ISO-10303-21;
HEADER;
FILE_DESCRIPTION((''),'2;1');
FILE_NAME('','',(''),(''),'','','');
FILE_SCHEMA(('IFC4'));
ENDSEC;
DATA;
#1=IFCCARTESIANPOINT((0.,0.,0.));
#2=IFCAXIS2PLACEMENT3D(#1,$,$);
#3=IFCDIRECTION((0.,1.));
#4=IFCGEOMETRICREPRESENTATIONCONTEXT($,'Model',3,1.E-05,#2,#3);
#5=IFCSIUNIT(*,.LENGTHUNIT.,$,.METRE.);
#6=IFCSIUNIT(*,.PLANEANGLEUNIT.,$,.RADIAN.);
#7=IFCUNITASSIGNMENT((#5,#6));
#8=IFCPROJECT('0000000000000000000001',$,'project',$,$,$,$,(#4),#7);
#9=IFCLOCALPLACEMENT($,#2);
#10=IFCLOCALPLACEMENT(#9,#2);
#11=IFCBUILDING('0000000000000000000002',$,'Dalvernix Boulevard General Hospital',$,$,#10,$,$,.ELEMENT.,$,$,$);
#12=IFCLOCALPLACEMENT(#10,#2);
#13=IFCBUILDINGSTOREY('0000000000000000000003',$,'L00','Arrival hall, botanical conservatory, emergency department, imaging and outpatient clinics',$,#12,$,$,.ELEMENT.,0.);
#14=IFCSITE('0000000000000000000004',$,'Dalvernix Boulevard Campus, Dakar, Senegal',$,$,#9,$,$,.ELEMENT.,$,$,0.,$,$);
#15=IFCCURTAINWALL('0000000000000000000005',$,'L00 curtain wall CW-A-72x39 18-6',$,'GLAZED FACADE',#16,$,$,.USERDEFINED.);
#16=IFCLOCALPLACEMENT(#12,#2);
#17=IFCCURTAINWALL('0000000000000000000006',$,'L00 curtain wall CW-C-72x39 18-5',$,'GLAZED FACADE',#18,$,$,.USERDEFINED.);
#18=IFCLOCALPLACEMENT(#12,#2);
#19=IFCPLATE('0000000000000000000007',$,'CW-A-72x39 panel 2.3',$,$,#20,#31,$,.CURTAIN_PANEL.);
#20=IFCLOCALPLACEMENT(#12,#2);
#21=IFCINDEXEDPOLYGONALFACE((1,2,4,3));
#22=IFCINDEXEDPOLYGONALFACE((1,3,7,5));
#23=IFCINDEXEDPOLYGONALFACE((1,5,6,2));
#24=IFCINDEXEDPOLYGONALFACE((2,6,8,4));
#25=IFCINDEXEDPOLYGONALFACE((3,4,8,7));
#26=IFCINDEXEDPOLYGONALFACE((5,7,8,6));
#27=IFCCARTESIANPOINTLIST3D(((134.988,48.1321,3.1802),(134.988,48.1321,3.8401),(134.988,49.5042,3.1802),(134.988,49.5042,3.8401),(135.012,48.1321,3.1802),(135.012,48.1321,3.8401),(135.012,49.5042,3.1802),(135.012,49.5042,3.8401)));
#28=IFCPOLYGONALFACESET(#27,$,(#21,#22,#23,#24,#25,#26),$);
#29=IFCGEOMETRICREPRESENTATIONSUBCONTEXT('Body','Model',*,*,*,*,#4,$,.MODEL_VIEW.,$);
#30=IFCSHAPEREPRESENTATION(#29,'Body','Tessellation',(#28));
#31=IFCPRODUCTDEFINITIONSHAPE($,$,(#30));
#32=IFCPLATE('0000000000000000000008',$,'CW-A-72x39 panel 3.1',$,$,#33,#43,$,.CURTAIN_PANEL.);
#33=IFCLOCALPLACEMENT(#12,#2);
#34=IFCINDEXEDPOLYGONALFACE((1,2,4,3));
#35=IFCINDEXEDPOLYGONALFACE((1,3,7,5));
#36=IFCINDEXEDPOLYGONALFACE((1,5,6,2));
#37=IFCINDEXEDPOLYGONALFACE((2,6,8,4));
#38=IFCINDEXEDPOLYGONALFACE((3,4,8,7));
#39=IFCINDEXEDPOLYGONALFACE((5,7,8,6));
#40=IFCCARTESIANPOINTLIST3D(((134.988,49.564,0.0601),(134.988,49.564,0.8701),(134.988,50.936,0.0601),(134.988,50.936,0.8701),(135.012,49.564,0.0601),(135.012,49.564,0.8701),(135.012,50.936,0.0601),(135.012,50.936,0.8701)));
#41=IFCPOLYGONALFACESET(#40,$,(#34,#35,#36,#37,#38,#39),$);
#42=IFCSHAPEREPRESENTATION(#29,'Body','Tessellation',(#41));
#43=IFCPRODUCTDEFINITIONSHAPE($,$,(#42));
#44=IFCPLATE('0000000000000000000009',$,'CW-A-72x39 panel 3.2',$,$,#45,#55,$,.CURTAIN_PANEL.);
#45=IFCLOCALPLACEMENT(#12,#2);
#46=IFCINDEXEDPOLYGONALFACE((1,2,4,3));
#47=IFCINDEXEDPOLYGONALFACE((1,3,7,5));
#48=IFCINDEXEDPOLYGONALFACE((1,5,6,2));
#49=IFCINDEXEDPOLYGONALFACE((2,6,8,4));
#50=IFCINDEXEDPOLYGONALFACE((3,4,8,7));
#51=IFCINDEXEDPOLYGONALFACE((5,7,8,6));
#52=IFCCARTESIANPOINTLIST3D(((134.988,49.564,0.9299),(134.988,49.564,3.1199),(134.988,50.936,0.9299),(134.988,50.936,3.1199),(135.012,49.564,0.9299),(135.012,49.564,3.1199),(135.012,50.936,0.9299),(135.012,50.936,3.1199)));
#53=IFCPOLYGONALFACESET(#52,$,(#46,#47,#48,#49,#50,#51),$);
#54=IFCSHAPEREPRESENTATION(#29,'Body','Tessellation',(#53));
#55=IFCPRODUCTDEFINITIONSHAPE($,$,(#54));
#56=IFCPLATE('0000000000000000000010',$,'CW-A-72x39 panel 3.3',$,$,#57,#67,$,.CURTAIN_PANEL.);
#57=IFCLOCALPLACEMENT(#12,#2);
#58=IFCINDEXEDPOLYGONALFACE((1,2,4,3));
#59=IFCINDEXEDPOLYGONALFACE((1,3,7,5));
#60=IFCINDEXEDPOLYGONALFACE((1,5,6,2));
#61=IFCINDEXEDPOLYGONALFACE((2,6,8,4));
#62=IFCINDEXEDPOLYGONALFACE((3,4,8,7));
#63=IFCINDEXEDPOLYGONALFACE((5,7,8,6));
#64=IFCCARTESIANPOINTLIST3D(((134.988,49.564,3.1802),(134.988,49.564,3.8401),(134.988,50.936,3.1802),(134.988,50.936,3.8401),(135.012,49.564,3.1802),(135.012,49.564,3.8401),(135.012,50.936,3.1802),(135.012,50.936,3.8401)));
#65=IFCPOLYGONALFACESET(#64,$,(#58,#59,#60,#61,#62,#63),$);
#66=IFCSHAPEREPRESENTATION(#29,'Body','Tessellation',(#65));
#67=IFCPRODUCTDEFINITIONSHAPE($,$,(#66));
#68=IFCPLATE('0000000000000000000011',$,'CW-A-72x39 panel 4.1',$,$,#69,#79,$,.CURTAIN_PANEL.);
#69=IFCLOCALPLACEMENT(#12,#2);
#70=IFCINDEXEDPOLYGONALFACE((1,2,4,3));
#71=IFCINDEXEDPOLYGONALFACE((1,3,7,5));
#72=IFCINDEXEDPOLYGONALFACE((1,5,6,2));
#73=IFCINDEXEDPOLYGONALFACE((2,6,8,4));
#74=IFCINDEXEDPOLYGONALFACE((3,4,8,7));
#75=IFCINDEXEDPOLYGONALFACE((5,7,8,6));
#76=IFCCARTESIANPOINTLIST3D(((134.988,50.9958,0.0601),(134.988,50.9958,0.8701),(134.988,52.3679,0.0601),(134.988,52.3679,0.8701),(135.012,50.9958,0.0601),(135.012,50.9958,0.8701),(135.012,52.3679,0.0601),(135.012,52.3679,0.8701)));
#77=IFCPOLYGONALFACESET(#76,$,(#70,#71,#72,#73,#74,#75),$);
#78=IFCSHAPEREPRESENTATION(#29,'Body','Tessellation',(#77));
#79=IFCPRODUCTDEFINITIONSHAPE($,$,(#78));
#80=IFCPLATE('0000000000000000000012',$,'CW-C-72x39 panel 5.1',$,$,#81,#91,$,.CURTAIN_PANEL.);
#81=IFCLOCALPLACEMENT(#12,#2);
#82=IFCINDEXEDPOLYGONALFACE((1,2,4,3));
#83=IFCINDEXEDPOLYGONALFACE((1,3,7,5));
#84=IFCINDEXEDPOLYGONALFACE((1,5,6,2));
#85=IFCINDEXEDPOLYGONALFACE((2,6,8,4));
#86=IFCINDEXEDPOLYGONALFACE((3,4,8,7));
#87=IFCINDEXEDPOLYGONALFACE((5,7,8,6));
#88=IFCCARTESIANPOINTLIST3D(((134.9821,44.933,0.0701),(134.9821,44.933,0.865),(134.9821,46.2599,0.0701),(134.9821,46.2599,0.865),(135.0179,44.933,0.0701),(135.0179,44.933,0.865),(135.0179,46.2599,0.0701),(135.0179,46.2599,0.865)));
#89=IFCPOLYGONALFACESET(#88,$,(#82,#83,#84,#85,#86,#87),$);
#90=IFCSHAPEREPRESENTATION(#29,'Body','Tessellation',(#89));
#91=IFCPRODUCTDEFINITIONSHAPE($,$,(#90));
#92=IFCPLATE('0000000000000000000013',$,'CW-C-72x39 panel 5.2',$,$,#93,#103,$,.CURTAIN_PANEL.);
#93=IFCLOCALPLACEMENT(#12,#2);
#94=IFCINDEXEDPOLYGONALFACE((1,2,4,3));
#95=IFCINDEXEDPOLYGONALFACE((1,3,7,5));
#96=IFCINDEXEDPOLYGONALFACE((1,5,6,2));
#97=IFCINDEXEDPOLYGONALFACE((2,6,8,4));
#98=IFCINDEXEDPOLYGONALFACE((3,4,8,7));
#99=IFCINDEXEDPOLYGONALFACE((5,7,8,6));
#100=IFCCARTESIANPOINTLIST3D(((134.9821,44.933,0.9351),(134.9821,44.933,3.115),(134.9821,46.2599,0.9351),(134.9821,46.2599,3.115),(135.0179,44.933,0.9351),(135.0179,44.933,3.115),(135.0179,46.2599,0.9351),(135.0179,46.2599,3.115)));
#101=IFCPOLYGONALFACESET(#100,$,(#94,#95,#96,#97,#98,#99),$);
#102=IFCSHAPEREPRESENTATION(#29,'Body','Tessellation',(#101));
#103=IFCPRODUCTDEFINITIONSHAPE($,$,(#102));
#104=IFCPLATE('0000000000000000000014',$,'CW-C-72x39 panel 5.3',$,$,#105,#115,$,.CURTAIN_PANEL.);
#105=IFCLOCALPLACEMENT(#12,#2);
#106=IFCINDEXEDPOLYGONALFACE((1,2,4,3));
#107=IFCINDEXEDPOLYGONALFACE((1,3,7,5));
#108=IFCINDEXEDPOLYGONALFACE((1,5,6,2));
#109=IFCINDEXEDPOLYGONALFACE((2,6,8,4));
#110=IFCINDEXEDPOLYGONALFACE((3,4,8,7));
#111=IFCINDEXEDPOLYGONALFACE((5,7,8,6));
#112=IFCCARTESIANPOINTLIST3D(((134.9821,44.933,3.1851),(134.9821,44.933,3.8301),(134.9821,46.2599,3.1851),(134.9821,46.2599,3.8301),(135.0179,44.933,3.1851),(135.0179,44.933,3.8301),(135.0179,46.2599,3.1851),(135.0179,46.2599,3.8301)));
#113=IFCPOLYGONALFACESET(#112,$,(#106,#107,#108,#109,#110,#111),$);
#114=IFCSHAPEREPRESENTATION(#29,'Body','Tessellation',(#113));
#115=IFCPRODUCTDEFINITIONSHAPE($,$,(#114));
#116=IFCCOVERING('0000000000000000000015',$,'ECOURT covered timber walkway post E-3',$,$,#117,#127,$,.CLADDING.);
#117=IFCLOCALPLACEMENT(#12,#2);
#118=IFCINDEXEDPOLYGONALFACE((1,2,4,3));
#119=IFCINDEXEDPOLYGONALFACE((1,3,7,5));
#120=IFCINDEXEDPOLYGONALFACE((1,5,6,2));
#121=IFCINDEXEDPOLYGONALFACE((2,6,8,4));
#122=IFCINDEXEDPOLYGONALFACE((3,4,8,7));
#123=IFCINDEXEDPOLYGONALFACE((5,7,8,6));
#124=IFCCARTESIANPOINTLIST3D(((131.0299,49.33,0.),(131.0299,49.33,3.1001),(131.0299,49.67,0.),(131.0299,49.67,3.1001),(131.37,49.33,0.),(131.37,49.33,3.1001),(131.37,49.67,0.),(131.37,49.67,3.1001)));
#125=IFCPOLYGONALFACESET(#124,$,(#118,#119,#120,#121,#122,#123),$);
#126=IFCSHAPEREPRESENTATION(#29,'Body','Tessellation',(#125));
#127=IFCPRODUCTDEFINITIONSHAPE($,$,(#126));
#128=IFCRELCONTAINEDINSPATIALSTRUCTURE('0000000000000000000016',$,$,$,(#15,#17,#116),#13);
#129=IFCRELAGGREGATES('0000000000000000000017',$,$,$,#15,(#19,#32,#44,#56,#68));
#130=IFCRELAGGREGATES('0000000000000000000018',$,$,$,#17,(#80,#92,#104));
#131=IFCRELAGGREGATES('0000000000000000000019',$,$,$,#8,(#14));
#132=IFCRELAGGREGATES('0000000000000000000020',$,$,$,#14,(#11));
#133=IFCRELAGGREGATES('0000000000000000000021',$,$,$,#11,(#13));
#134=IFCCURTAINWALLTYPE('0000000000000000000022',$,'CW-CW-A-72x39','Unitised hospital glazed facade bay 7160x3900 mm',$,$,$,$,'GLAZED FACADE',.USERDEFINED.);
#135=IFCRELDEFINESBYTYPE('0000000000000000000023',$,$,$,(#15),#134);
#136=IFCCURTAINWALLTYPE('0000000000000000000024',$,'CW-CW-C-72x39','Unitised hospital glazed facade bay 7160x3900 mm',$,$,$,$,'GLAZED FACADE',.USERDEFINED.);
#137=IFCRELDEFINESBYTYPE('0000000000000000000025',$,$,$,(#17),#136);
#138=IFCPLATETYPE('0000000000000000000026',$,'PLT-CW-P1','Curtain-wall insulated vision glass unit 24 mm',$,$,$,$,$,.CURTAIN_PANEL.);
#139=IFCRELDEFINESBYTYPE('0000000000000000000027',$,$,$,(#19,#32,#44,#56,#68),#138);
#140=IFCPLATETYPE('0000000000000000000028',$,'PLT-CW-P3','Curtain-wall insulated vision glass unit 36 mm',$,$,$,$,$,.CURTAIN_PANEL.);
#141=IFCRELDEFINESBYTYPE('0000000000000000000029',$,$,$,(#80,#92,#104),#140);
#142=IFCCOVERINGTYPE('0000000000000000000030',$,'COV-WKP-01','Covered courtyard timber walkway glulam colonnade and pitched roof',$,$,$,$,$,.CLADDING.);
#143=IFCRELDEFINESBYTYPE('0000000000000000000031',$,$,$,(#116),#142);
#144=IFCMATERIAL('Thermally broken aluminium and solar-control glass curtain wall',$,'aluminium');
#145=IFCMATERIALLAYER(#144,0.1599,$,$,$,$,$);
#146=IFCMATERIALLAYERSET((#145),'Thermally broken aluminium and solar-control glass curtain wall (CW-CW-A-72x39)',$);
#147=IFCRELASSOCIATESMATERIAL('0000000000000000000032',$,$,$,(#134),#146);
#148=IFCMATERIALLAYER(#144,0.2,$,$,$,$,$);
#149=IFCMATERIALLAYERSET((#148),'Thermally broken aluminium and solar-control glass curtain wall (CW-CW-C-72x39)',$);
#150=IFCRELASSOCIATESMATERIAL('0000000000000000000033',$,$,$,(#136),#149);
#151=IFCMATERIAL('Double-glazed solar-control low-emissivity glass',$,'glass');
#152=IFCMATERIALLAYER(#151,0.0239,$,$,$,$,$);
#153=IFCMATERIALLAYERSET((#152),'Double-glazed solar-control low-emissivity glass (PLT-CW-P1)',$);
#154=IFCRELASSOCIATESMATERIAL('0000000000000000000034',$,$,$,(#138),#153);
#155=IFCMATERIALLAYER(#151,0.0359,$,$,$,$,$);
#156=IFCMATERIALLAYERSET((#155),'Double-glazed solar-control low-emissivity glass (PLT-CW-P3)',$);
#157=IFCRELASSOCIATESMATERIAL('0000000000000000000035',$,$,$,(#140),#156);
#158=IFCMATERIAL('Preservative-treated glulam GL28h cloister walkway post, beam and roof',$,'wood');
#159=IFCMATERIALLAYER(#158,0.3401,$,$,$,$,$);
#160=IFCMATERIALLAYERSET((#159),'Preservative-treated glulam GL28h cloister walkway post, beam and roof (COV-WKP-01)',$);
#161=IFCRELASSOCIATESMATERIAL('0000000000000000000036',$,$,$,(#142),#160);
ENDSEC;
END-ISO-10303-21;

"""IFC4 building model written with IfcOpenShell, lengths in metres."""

from ifc_helpers import new_model, si_unit, direction, frame, origin, origin_2d, place, context, subcontext, project, spatial, rectangle, extrude, material, layer, layer_set, type_object, element, aggregate, save


model = new_model("IFC4")

# Units and contexts
model_context = context("Model", 3, precision=1e-05, world=origin(), true_north=direction((0.0, 1.0)))
body_context = subcontext(model_context, "Body", "Model", "MODEL_VIEW")
ifc_project = project(units=[si_unit("LENGTHUNIT", "METRE"), si_unit("PLANEANGLEUNIT", "RADIAN")], contexts=[model_context])

# Site, building, storey
site_placement = place(None, origin())
site = spatial("IfcSite", under=ifc_project, at=site_placement, Name="Dalvernix Boulevard Campus, Dakar, Senegal", CompositionType="ELEMENT", RefElevation=0.0)
building_placement = place(site_placement, origin())
building = spatial("IfcBuilding", under=site, at=building_placement, Name="Dalvernix Boulevard General Hospital", CompositionType="ELEMENT")
storey_placement = place(building_placement, origin())
storey = spatial("IfcBuildingStorey", under=building, at=storey_placement, Name="L00", Description="Arrival hall, botanical conservatory, emergency department, imaging and outpatient clinics", CompositionType="ELEMENT", Elevation=0.0)

# Curtain wall
ifc_material_1 = material(Name="Thermally broken aluminium and solar-control glass curtain wall", Category="aluminium")
ifc_layer_1 = layer(ifc_material_1, 0.1599)
ifc_layer_set_1 = layer_set([ifc_layer_1], Name="Thermally broken aluminium and solar-control glass curtain wall (CW-CW-A-72x39)")
curtain_wall_type_1 = type_object("IfcCurtainWallType", Name="CW-CW-A-72x39", Description="Unitised hospital glazed facade bay 7160x3900 mm", ElementType="GLAZED FACADE", PredefinedType="USERDEFINED", material=ifc_layer_set_1)
curtain_wall_1_placement = place(storey_placement, origin())
curtain_wall_1 = element("IfcCurtainWall", 1, at=curtain_wall_1_placement, inside=storey, type_object=curtain_wall_type_1, Name="L00 curtain wall CW-A-72x39 18-6", ObjectType="GLAZED FACADE", PredefinedType="USERDEFINED")

# Curtain wall
ifc_layer_2 = layer(ifc_material_1, 0.2)
ifc_layer_set_2 = layer_set([ifc_layer_2], Name="Thermally broken aluminium and solar-control glass curtain wall (CW-CW-C-72x39)")
curtain_wall_type_2 = type_object("IfcCurtainWallType", Name="CW-CW-C-72x39", Description="Unitised hospital glazed facade bay 7160x3900 mm", ElementType="GLAZED FACADE", PredefinedType="USERDEFINED", material=ifc_layer_set_2)
curtain_wall_2_placement = place(storey_placement, origin())
curtain_wall_2 = element("IfcCurtainWall", 2, at=curtain_wall_2_placement, inside=storey, type_object=curtain_wall_type_2, Name="L00 curtain wall CW-C-72x39 18-5", ObjectType="GLAZED FACADE", PredefinedType="USERDEFINED")

# Plates
ifc_material_2 = material(Name="Double-glazed solar-control low-emissivity glass", Category="glass")
ifc_layer_3 = layer(ifc_material_2, 0.0239)
ifc_layer_set_3 = layer_set([ifc_layer_3], Name="Double-glazed solar-control low-emissivity glass (PLT-CW-P1)")
plate_type_1 = type_object("IfcPlateType", Name="PLT-CW-P1", Description="Curtain-wall insulated vision glass unit 24 mm", PredefinedType="CURTAIN_PANEL", material=ifc_layer_set_3)
plate_1_placement = place(storey_placement, frame((135.0, 48.8181, 3.1802), z_axis=(0.0, 0.0, 1.0), x_axis=(0.0, 1.0, 0.0)))
plate_1 = element("IfcPlate", 3, at=plate_1_placement, type_object=plate_type_1, Name="CW-A-72x39 panel 2.3", PredefinedType="CURTAIN_PANEL", context=body_context, shape_type="SweptSolid", body=[
    extrude(rectangle(XDim=1.3721, YDim=0.0239, at=origin_2d()), origin(), (0.0, 0.0, 1.0), 0.6599),
])
plate_2_placement = place(storey_placement, frame((135.0, 50.25, 0.0601), z_axis=(0.0, 0.0, 1.0), x_axis=(0.0, 1.0, 0.0)))
plate_2 = element("IfcPlate", 4, at=plate_2_placement, type_object=plate_type_1, Name="CW-A-72x39 panel 3.1", PredefinedType="CURTAIN_PANEL", context=body_context, shape_type="SweptSolid", body=[
    extrude(rectangle(XDim=1.3721, YDim=0.0239, at=origin_2d()), origin(), (0.0, 0.0, 1.0), 0.8101),
])
plate_3_placement = place(storey_placement, frame((135.0, 50.25, 0.9299), z_axis=(0.0, 0.0, 1.0), x_axis=(0.0, 1.0, 0.0)))
plate_3 = element("IfcPlate", 5, at=plate_3_placement, type_object=plate_type_1, Name="CW-A-72x39 panel 3.2", PredefinedType="CURTAIN_PANEL", context=body_context, shape_type="SweptSolid", body=[
    extrude(rectangle(XDim=1.3721, YDim=0.0239, at=origin_2d()), origin(), (0.0, 0.0, 1.0), 2.1899),
])
plate_4_placement = place(storey_placement, frame((135.0, 50.25, 3.1802), z_axis=(0.0, 0.0, 1.0), x_axis=(0.0, 1.0, 0.0)))
plate_4 = element("IfcPlate", 6, at=plate_4_placement, type_object=plate_type_1, Name="CW-A-72x39 panel 3.3", PredefinedType="CURTAIN_PANEL", context=body_context, shape_type="SweptSolid", body=[
    extrude(rectangle(XDim=1.3721, YDim=0.0239, at=origin_2d()), origin(), (0.0, 0.0, 1.0), 0.6599),
])
plate_5_placement = place(storey_placement, frame((135.0, 51.6819, 0.0601), z_axis=(0.0, 0.0, 1.0), x_axis=(0.0, 1.0, 0.0)))
plate_5 = element("IfcPlate", 7, at=plate_5_placement, type_object=plate_type_1, Name="CW-A-72x39 panel 4.1", PredefinedType="CURTAIN_PANEL", context=body_context, shape_type="SweptSolid", body=[
    extrude(rectangle(XDim=1.3721, YDim=0.0239, at=origin_2d()), origin(), (0.0, 0.0, 1.0), 0.8101),
])
aggregate(curtain_wall_1, [plate_1, plate_2, plate_3, plate_4, plate_5])
ifc_layer_4 = layer(ifc_material_2, 0.0359)
ifc_layer_set_4 = layer_set([ifc_layer_4], Name="Double-glazed solar-control low-emissivity glass (PLT-CW-P3)")
plate_type_2 = type_object("IfcPlateType", Name="PLT-CW-P3", Description="Curtain-wall insulated vision glass unit 36 mm", PredefinedType="CURTAIN_PANEL", material=ifc_layer_set_4)
plate_6_placement = place(storey_placement, frame((135.0, 45.5964, 0.0701), z_axis=(0.0, 0.0, 1.0), x_axis=(0.0, 1.0, 0.0)))
plate_6 = element("IfcPlate", 8, at=plate_6_placement, type_object=plate_type_2, Name="CW-C-72x39 panel 5.1", PredefinedType="CURTAIN_PANEL", context=body_context, shape_type="SweptSolid", body=[
    extrude(rectangle(XDim=1.3269, YDim=0.0359, at=origin_2d()), origin(), (0.0, 0.0, 1.0), 0.7949),
])
plate_7_placement = place(storey_placement, frame((135.0, 45.5964, 0.9351), z_axis=(0.0, 0.0, 1.0), x_axis=(0.0, 1.0, 0.0)))
plate_7 = element("IfcPlate", 9, at=plate_7_placement, type_object=plate_type_2, Name="CW-C-72x39 panel 5.2", PredefinedType="CURTAIN_PANEL", context=body_context, shape_type="SweptSolid", body=[
    extrude(rectangle(XDim=1.3269, YDim=0.0359, at=origin_2d()), origin(), (0.0, 0.0, 1.0), 2.1799),
])
plate_8_placement = place(storey_placement, frame((135.0, 45.5964, 3.1851), z_axis=(0.0, 0.0, 1.0), x_axis=(0.0, 1.0, 0.0)))
plate_8 = element("IfcPlate", 10, at=plate_8_placement, type_object=plate_type_2, Name="CW-C-72x39 panel 5.3", PredefinedType="CURTAIN_PANEL", context=body_context, shape_type="SweptSolid", body=[
    extrude(rectangle(XDim=1.3269, YDim=0.0359, at=origin_2d()), origin(), (0.0, 0.0, 1.0), 0.645),
])
aggregate(curtain_wall_2, [plate_6, plate_7, plate_8])

# Covering
ifc_material_3 = material(Name="Preservative-treated glulam GL28h cloister walkway post, beam and roof", Category="wood")
ifc_layer_5 = layer(ifc_material_3, 0.3401)
ifc_layer_set_5 = layer_set([ifc_layer_5], Name="Preservative-treated glulam GL28h cloister walkway post, beam and roof (COV-WKP-01)")
covering_type = type_object("IfcCoveringType", Name="COV-WKP-01", Description="Covered courtyard timber walkway glulam colonnade and pitched roof", PredefinedType="CLADDING", material=ifc_layer_set_5)
covering_placement = place(storey_placement, frame((131.2, 49.5, 0.0), z_axis=(0.0, 0.0, 1.0), x_axis=(1.0, 0.0, 0.0)))
element("IfcCovering", 11, at=covering_placement, inside=storey, type_object=covering_type, Name="ECOURT covered timber walkway post E-3", PredefinedType="CLADDING", context=body_context, shape_type="SweptSolid", body=[
    extrude(rectangle(XDim=0.3401, YDim=0.3401, at=origin_2d()), origin(), (0.0, 0.0, 1.0), 3.1001),
])

save(model, "model.ifc")
